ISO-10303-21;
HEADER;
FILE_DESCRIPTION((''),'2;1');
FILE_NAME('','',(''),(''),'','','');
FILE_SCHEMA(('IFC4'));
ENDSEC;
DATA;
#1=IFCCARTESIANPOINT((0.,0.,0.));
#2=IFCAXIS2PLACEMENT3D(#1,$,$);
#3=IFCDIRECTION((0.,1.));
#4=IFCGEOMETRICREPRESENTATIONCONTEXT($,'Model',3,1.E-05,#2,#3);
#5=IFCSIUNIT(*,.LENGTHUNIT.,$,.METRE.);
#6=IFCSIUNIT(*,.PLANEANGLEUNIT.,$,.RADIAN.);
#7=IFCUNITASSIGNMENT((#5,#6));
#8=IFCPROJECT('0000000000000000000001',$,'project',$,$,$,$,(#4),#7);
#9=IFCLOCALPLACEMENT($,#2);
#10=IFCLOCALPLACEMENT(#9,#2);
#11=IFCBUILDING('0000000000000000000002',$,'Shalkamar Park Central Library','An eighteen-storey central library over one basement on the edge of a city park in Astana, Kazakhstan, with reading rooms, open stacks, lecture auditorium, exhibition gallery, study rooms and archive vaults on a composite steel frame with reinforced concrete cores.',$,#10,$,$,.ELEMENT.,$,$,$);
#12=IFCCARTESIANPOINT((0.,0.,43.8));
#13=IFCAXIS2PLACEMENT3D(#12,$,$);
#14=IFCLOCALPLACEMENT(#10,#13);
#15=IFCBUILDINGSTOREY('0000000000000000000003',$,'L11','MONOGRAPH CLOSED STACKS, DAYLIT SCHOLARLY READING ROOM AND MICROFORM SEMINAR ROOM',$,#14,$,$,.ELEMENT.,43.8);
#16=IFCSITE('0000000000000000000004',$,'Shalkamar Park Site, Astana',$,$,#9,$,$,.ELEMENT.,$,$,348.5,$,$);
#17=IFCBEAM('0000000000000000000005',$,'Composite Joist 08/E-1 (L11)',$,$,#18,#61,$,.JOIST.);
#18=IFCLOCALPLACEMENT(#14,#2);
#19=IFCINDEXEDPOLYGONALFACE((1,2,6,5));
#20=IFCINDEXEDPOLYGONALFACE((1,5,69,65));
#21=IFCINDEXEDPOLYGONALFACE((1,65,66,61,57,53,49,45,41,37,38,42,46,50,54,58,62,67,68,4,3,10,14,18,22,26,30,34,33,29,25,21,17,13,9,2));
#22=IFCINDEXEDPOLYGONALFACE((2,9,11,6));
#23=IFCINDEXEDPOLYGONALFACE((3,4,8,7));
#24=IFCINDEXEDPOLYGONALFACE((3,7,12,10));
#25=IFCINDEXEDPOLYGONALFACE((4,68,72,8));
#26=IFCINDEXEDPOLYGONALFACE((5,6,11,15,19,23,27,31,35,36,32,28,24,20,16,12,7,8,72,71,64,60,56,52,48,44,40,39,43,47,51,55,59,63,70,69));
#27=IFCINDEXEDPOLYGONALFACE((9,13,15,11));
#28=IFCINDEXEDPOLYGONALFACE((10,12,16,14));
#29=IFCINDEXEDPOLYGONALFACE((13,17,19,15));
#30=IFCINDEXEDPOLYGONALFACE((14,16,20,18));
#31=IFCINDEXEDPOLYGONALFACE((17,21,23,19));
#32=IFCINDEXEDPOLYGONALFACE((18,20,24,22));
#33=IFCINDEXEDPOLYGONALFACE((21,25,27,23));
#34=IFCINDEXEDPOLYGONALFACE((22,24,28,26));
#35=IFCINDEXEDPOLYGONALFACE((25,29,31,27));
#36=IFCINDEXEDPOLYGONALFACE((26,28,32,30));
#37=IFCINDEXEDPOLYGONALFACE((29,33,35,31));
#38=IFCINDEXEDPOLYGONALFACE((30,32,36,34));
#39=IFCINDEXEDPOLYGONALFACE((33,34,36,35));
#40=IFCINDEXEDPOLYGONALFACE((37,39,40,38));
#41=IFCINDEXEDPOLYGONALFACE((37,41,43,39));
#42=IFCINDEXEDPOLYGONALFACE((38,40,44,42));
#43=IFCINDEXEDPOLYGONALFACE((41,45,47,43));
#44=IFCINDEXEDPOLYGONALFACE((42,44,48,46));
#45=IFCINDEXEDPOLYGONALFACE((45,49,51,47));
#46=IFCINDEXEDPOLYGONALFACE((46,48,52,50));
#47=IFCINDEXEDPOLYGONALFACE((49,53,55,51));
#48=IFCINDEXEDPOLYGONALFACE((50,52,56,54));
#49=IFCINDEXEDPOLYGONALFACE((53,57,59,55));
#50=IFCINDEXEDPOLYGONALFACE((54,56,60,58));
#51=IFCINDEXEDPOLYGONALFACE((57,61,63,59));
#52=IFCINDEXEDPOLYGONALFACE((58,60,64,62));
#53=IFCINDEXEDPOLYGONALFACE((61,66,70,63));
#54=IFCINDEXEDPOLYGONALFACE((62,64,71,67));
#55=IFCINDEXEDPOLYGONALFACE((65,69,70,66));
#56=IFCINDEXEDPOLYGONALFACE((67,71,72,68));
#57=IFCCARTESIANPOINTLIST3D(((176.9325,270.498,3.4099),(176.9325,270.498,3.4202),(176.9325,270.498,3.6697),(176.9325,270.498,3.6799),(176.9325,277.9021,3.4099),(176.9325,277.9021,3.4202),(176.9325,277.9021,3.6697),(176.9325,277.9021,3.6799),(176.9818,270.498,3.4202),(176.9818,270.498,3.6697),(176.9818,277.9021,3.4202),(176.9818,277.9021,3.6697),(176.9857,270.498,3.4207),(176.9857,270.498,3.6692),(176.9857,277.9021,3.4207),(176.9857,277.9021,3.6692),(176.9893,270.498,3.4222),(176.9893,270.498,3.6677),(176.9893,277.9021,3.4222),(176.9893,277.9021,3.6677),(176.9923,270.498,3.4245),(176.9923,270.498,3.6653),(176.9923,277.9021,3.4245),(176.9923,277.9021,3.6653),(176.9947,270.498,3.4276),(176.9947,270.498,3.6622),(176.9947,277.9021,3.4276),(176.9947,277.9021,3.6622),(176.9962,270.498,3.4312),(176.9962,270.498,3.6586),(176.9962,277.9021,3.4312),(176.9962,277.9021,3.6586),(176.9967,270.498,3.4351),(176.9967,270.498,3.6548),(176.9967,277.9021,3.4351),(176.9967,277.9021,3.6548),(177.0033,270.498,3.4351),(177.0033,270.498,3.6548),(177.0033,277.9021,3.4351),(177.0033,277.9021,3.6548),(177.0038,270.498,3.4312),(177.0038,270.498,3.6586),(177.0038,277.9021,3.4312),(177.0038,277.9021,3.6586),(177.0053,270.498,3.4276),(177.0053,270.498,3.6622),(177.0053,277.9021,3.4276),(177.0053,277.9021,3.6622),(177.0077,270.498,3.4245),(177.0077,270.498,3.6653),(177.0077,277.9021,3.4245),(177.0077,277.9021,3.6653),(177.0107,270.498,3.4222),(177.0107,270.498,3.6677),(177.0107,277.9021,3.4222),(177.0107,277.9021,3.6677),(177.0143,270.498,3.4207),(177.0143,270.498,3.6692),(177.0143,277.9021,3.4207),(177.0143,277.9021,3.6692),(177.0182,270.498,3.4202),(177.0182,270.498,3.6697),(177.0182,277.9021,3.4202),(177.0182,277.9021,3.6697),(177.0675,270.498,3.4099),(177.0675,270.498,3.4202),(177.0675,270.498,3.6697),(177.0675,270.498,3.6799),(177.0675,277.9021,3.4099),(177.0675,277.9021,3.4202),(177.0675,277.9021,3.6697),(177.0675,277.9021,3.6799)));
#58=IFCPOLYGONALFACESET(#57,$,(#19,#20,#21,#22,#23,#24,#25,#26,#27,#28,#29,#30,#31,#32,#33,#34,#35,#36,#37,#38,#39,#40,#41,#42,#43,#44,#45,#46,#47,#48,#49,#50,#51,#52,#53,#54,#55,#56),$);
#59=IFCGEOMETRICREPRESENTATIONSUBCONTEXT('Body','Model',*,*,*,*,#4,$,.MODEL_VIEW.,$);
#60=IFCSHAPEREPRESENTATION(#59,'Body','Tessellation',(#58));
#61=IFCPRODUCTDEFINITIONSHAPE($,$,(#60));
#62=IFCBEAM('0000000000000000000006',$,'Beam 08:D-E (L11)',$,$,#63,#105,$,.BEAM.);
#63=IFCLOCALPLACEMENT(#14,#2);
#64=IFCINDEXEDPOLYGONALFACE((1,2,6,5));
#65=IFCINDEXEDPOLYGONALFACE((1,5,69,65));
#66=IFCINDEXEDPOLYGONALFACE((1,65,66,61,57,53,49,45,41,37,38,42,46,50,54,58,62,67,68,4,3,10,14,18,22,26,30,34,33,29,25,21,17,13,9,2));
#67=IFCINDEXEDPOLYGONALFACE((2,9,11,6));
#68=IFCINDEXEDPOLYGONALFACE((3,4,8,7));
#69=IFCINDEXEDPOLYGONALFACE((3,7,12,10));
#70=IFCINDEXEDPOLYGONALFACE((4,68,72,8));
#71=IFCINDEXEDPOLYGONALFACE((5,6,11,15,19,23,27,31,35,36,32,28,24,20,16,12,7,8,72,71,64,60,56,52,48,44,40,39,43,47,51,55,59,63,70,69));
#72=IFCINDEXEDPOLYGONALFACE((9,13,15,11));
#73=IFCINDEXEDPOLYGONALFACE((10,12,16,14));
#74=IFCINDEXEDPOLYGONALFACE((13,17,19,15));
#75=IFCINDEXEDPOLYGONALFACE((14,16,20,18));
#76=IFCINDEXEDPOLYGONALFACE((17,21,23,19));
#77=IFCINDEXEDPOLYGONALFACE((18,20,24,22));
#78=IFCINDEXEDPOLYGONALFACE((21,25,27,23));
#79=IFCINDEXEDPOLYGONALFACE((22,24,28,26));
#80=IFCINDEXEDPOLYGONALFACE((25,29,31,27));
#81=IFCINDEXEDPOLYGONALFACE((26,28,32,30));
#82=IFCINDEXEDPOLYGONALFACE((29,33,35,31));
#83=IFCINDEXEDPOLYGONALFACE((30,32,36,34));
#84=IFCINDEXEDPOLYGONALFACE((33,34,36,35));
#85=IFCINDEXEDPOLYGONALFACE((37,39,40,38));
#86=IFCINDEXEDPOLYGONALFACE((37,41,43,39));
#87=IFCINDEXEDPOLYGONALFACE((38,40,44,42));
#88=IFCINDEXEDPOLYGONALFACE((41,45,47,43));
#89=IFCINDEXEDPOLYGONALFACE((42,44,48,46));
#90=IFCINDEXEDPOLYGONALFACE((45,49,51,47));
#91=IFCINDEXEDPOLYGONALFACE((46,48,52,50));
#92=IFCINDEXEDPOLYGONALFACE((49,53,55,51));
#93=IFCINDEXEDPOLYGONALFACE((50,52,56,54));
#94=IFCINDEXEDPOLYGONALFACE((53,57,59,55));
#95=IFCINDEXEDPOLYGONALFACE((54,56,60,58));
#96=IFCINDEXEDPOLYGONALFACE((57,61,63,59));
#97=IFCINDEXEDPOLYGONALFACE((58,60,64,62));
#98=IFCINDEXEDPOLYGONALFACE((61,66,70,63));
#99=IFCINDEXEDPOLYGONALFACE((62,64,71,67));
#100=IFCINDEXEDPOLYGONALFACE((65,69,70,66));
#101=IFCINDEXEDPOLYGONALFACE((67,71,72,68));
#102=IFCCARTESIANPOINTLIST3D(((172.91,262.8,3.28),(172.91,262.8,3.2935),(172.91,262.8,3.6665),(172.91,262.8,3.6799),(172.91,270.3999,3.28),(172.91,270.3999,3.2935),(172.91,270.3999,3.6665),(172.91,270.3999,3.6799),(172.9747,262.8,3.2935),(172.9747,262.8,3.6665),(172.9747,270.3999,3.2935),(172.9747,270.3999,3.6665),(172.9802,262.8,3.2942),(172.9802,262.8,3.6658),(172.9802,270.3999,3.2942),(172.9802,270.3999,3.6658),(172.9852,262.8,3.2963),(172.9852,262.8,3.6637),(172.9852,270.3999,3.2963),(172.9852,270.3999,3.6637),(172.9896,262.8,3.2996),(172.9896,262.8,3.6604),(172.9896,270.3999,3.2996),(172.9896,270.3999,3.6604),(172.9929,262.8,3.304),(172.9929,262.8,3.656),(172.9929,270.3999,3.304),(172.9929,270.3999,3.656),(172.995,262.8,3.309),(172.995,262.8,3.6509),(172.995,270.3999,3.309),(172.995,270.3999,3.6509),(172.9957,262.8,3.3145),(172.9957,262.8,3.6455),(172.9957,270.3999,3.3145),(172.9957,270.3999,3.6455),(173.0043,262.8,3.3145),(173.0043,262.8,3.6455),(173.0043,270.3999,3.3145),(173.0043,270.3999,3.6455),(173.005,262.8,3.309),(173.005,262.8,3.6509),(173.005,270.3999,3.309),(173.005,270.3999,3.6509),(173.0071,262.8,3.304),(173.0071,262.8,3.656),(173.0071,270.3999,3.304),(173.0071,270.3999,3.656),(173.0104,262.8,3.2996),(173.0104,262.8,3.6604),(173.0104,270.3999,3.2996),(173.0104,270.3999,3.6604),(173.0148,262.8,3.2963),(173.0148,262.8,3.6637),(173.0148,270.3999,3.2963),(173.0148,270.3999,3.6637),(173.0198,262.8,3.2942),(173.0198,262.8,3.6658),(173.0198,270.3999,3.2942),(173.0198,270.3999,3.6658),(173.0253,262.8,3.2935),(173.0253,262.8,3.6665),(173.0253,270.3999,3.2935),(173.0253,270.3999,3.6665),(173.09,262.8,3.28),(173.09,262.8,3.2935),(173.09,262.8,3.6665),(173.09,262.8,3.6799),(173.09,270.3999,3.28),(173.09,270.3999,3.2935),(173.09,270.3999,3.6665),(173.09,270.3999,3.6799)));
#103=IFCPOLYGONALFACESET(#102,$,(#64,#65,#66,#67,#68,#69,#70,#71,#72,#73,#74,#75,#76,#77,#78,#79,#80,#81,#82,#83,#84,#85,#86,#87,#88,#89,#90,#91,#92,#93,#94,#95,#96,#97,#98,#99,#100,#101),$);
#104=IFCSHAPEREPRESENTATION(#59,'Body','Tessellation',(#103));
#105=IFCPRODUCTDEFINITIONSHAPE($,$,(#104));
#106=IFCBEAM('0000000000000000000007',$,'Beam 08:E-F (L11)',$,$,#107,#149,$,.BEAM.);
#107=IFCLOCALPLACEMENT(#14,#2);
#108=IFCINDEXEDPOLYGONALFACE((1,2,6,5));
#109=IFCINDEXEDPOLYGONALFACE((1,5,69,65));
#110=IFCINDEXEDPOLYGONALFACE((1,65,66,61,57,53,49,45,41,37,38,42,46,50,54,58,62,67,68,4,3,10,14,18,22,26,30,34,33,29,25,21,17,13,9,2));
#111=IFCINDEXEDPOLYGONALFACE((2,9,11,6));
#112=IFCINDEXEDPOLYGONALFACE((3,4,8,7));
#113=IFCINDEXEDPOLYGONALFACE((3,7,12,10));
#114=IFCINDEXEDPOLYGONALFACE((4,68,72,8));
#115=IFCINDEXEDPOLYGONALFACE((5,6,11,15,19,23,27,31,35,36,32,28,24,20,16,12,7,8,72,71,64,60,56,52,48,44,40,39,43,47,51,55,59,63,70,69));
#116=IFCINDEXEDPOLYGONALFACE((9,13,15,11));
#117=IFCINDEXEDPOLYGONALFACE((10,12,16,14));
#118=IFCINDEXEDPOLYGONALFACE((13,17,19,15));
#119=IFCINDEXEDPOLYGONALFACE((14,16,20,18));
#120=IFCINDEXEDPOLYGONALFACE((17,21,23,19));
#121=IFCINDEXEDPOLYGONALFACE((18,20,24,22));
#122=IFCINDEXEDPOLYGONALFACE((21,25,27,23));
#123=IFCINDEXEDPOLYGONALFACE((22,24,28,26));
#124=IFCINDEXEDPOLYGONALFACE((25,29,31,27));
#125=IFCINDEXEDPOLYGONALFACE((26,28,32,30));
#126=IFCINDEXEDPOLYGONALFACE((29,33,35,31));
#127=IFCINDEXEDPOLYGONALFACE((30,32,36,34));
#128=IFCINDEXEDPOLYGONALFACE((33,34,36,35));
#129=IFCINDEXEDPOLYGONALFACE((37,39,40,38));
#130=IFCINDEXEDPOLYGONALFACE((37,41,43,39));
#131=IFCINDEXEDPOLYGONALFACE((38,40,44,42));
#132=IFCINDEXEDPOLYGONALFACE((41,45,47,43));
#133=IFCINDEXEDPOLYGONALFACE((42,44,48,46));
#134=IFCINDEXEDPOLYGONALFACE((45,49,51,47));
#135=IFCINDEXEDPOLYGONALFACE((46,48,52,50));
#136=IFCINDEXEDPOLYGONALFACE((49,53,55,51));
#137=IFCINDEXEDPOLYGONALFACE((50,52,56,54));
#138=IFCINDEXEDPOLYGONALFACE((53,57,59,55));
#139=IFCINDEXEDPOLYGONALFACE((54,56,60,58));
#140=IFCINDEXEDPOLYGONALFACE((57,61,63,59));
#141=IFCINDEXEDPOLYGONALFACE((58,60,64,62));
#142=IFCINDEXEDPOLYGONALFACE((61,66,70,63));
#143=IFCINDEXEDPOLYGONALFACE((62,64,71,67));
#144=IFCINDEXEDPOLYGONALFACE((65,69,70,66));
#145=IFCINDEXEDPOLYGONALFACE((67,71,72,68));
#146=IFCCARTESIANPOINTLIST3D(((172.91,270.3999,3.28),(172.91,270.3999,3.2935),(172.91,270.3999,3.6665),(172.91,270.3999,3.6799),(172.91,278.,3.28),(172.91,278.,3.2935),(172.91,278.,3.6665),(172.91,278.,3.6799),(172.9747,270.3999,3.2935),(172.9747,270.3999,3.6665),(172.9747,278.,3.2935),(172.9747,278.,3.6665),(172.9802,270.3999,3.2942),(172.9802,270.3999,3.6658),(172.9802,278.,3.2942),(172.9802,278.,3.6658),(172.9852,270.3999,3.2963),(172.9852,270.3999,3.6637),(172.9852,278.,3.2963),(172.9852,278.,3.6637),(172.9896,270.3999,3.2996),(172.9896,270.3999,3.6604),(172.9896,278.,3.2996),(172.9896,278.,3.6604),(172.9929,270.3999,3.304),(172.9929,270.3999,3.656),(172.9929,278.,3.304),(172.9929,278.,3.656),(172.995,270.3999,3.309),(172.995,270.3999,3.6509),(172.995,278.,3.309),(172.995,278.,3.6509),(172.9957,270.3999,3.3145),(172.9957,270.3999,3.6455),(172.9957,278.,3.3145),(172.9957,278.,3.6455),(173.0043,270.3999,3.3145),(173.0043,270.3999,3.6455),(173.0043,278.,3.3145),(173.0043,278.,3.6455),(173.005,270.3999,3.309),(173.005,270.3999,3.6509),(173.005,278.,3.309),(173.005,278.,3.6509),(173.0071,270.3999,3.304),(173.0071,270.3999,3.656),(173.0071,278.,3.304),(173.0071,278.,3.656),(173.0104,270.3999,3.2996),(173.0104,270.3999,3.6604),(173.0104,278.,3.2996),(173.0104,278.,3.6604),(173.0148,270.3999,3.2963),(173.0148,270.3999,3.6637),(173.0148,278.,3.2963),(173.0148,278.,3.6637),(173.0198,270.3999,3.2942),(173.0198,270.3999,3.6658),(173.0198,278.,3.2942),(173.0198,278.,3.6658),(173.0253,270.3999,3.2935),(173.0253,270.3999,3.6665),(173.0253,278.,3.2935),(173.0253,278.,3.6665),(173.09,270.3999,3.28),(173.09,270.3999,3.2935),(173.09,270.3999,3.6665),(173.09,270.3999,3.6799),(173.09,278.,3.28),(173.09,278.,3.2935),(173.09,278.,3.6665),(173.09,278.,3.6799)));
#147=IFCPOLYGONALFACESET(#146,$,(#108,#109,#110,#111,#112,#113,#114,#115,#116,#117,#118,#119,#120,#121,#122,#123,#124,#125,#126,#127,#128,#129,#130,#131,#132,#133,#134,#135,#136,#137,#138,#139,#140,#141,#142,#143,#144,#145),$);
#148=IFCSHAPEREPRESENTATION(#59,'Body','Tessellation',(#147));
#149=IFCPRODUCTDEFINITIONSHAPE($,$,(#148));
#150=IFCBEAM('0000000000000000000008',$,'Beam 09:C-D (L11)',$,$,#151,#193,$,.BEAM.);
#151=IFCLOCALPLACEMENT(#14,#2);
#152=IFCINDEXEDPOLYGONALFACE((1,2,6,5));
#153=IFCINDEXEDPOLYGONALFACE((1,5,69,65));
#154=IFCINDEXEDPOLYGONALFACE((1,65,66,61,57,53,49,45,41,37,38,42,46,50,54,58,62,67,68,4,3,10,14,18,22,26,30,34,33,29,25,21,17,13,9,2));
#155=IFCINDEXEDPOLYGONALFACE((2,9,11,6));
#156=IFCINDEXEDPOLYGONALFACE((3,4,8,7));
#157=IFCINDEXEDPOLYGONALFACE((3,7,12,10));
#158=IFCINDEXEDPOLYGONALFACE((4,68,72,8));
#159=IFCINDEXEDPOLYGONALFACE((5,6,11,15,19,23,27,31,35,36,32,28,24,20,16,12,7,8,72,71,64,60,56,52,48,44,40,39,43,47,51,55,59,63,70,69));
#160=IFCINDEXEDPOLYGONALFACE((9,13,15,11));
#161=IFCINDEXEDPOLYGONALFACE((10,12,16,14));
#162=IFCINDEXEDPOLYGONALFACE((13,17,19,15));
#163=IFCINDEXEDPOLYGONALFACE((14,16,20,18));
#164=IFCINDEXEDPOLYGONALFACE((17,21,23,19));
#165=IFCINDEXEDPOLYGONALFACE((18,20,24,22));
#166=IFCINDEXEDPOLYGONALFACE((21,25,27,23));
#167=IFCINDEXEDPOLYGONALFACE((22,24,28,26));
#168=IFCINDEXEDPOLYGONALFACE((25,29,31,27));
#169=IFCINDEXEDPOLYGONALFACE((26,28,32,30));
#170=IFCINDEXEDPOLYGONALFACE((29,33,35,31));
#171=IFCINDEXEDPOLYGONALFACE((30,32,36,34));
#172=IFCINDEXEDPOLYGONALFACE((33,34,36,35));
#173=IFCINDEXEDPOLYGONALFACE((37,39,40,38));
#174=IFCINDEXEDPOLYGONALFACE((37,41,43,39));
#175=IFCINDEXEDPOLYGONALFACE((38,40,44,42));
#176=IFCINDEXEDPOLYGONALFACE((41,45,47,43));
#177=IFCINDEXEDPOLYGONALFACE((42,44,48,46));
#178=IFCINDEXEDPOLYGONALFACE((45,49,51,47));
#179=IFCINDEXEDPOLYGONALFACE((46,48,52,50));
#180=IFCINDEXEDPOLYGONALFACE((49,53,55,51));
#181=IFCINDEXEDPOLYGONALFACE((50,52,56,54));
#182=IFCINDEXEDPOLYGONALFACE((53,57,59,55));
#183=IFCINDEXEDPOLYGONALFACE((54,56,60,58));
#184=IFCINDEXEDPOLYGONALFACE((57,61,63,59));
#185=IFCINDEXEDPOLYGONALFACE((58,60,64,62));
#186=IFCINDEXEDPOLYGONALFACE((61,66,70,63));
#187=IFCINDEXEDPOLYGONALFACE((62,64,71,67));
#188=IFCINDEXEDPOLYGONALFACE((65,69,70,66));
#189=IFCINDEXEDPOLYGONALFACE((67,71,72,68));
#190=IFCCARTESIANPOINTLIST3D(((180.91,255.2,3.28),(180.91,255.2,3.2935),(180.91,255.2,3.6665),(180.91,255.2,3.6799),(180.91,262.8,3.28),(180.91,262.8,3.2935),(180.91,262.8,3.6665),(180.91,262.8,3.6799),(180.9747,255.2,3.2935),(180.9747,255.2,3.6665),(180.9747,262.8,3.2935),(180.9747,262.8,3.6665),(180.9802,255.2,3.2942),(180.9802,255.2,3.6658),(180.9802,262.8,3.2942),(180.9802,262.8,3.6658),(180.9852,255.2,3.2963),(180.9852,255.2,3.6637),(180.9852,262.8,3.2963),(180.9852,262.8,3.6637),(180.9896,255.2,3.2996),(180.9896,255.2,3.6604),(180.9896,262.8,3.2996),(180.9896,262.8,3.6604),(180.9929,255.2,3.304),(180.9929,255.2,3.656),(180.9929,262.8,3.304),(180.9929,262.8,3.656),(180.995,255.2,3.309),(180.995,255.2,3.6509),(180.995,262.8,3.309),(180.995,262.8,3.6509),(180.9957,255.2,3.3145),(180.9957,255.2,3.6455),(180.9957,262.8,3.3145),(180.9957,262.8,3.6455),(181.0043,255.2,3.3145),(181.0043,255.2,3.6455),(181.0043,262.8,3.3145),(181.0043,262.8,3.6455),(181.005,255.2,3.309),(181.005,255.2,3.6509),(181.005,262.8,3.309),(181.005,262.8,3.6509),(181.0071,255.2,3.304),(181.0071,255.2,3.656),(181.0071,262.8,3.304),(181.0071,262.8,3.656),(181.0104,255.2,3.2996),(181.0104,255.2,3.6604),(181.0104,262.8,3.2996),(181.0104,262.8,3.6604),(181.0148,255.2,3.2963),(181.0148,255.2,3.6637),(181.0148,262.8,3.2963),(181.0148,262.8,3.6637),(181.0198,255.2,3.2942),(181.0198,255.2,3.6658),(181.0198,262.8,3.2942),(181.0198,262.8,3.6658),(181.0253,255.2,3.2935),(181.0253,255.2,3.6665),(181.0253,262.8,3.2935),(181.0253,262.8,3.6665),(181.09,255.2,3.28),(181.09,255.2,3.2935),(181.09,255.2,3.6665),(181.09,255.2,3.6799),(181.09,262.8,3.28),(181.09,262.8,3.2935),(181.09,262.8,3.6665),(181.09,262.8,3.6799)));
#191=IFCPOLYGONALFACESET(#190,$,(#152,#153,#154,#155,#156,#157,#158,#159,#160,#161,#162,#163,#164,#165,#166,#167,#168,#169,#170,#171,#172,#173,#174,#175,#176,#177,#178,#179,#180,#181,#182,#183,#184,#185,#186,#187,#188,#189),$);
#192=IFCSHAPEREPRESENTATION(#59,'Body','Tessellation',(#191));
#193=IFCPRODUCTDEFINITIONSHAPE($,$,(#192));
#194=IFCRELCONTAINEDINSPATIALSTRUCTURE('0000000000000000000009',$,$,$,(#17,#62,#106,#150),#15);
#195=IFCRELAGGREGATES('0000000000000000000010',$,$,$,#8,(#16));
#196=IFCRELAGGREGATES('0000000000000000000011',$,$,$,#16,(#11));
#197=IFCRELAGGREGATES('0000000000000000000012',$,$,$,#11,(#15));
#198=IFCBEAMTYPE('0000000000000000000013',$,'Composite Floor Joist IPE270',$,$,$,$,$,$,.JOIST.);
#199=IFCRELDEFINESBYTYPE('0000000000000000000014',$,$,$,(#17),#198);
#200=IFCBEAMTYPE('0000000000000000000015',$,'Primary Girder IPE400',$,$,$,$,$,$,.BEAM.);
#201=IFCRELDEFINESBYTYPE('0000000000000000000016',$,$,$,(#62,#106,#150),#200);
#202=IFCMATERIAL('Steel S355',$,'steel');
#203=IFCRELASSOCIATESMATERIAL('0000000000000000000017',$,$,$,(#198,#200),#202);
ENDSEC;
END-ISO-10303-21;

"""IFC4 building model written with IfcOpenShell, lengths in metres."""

from ifc_helpers import new_model, si_unit, direction, frame, origin, origin_2d, place, context, subcontext, project, spatial, i_section, extrude, material, material_profile, profile_set, type_object, element, save


model = new_model("IFC4")

# Units and contexts
model_context = context("Model", 3, precision=1e-05, world=origin(), true_north=direction((0.0, 1.0)))
body_context = subcontext(model_context, "Body", "Model", "MODEL_VIEW")
ifc_project = project(units=[si_unit("LENGTHUNIT", "METRE"), si_unit("PLANEANGLEUNIT", "RADIAN")], contexts=[model_context])

# Site, building, storey
site_placement = place(None, origin())
site = spatial("IfcSite", under=ifc_project, at=site_placement, Name="Shalkamar Park Site, Astana", CompositionType="ELEMENT", RefElevation=348.5)
building_placement = place(site_placement, origin())
building = spatial("IfcBuilding", under=site, at=building_placement, Name="Shalkamar Park Central Library", Description="An eighteen-storey central library over one basement on the edge of a city park in Astana, Kazakhstan, with reading rooms, open stacks, lecture auditorium, exhibition gallery, study rooms and archive vaults on a composite steel frame with reinforced concrete cores.", CompositionType="ELEMENT")
storey_placement = place(building_placement, frame((0.0, 0.0, 43.8)))
storey = spatial("IfcBuildingStorey", under=building, at=storey_placement, Name="L11", Description="MONOGRAPH CLOSED STACKS, DAYLIT SCHOLARLY READING ROOM AND MICROFORM SEMINAR ROOM", CompositionType="ELEMENT", Elevation=43.8)

# Shared definitions
ifc_material_1 = material(Name="Steel S355", Category="steel")

# Beams
ifc_material_profile_1 = material_profile(ifc_material_1, i_section(OverallWidth=0.135, OverallDepth=0.27, WebThickness=0.0066, FlangeThickness=0.0103, FilletRadius=0.0149, at=origin_2d()), Name="IPE 270")
ifc_profile_set_1 = profile_set([ifc_material_profile_1], Name="Steel S355")
beam_type_1 = type_object("IfcBeamType", Name="Composite Floor Joist IPE270", PredefinedType="JOIST", material=ifc_profile_set_1)
for number, where, z_axis, x_axis, name in (
    (1, (177.0, 270.498, 3.5449), (0.0, 1.0, 0.0), (-1.0, 0.0, 0.0), "Composite Joist 08/E-1 (L11)"),
):
    element("IfcBeam", number, at=place(storey_placement, frame(where, z_axis=z_axis, x_axis=x_axis)), inside=storey, type_object=beam_type_1, Name=name, PredefinedType="JOIST", context=body_context, shape_type="SweptSolid", body=[
        extrude(i_section(OverallWidth=0.135, OverallDepth=0.27, WebThickness=0.0066, FlangeThickness=0.0103, FilletRadius=0.0149, at=origin_2d()), origin(), (0.0, 0.0, 1.0), 7.4041),
    ])
ifc_material_profile_2 = material_profile(ifc_material_1, i_section(OverallWidth=0.1799, OverallDepth=0.3999, WebThickness=0.0085, FlangeThickness=0.0134, FilletRadius=0.021, at=origin_2d()), Name="IPE 400")
ifc_profile_set_2 = profile_set([ifc_material_profile_2], Name="Steel S355")
beam_type_2 = type_object("IfcBeamType", Name="Primary Girder IPE400", PredefinedType="BEAM", material=ifc_profile_set_2)
beam_1_placement = place(storey_placement, frame((173.0, 262.8, 3.48), z_axis=(0.0, 1.0, 0.0), x_axis=(-1.0, 0.0, 0.0)))
element("IfcBeam", 2, at=beam_1_placement, inside=storey, type_object=beam_type_2, Name="Beam 08:D-E (L11)", PredefinedType="BEAM", context=body_context, shape_type="SweptSolid", body=[
    extrude(i_section(OverallWidth=0.1799, OverallDepth=0.3999, WebThickness=0.0085, FlangeThickness=0.0134, FilletRadius=0.021, at=origin_2d()), origin(), (0.0, 0.0, 1.0), 7.5999),
])
for number, where, z_axis, x_axis, name in (
    (3, (173.0, 270.3999, 3.48), (0.0, 1.0, 0.0), (-1.0, 0.0, 0.0), "Beam 08:E-F (L11)"),
    (4, (181.0, 255.2, 3.48), (0.0, 1.0, 0.0), (-1.0, 0.0, 0.0), "Beam 09:C-D (L11)"),
):
    element("IfcBeam", number, at=place(storey_placement, frame(where, z_axis=z_axis, x_axis=x_axis)), inside=storey, type_object=beam_type_2, Name=name, PredefinedType="BEAM", context=body_context, shape_type="SweptSolid", body=[
        extrude(i_section(OverallWidth=0.1799, OverallDepth=0.3999, WebThickness=0.0085, FlangeThickness=0.0134, FilletRadius=0.021, at=origin_2d()), origin(), (0.0, 0.0, 1.0), 7.6001),
    ])

save(model, "model.ifc")
